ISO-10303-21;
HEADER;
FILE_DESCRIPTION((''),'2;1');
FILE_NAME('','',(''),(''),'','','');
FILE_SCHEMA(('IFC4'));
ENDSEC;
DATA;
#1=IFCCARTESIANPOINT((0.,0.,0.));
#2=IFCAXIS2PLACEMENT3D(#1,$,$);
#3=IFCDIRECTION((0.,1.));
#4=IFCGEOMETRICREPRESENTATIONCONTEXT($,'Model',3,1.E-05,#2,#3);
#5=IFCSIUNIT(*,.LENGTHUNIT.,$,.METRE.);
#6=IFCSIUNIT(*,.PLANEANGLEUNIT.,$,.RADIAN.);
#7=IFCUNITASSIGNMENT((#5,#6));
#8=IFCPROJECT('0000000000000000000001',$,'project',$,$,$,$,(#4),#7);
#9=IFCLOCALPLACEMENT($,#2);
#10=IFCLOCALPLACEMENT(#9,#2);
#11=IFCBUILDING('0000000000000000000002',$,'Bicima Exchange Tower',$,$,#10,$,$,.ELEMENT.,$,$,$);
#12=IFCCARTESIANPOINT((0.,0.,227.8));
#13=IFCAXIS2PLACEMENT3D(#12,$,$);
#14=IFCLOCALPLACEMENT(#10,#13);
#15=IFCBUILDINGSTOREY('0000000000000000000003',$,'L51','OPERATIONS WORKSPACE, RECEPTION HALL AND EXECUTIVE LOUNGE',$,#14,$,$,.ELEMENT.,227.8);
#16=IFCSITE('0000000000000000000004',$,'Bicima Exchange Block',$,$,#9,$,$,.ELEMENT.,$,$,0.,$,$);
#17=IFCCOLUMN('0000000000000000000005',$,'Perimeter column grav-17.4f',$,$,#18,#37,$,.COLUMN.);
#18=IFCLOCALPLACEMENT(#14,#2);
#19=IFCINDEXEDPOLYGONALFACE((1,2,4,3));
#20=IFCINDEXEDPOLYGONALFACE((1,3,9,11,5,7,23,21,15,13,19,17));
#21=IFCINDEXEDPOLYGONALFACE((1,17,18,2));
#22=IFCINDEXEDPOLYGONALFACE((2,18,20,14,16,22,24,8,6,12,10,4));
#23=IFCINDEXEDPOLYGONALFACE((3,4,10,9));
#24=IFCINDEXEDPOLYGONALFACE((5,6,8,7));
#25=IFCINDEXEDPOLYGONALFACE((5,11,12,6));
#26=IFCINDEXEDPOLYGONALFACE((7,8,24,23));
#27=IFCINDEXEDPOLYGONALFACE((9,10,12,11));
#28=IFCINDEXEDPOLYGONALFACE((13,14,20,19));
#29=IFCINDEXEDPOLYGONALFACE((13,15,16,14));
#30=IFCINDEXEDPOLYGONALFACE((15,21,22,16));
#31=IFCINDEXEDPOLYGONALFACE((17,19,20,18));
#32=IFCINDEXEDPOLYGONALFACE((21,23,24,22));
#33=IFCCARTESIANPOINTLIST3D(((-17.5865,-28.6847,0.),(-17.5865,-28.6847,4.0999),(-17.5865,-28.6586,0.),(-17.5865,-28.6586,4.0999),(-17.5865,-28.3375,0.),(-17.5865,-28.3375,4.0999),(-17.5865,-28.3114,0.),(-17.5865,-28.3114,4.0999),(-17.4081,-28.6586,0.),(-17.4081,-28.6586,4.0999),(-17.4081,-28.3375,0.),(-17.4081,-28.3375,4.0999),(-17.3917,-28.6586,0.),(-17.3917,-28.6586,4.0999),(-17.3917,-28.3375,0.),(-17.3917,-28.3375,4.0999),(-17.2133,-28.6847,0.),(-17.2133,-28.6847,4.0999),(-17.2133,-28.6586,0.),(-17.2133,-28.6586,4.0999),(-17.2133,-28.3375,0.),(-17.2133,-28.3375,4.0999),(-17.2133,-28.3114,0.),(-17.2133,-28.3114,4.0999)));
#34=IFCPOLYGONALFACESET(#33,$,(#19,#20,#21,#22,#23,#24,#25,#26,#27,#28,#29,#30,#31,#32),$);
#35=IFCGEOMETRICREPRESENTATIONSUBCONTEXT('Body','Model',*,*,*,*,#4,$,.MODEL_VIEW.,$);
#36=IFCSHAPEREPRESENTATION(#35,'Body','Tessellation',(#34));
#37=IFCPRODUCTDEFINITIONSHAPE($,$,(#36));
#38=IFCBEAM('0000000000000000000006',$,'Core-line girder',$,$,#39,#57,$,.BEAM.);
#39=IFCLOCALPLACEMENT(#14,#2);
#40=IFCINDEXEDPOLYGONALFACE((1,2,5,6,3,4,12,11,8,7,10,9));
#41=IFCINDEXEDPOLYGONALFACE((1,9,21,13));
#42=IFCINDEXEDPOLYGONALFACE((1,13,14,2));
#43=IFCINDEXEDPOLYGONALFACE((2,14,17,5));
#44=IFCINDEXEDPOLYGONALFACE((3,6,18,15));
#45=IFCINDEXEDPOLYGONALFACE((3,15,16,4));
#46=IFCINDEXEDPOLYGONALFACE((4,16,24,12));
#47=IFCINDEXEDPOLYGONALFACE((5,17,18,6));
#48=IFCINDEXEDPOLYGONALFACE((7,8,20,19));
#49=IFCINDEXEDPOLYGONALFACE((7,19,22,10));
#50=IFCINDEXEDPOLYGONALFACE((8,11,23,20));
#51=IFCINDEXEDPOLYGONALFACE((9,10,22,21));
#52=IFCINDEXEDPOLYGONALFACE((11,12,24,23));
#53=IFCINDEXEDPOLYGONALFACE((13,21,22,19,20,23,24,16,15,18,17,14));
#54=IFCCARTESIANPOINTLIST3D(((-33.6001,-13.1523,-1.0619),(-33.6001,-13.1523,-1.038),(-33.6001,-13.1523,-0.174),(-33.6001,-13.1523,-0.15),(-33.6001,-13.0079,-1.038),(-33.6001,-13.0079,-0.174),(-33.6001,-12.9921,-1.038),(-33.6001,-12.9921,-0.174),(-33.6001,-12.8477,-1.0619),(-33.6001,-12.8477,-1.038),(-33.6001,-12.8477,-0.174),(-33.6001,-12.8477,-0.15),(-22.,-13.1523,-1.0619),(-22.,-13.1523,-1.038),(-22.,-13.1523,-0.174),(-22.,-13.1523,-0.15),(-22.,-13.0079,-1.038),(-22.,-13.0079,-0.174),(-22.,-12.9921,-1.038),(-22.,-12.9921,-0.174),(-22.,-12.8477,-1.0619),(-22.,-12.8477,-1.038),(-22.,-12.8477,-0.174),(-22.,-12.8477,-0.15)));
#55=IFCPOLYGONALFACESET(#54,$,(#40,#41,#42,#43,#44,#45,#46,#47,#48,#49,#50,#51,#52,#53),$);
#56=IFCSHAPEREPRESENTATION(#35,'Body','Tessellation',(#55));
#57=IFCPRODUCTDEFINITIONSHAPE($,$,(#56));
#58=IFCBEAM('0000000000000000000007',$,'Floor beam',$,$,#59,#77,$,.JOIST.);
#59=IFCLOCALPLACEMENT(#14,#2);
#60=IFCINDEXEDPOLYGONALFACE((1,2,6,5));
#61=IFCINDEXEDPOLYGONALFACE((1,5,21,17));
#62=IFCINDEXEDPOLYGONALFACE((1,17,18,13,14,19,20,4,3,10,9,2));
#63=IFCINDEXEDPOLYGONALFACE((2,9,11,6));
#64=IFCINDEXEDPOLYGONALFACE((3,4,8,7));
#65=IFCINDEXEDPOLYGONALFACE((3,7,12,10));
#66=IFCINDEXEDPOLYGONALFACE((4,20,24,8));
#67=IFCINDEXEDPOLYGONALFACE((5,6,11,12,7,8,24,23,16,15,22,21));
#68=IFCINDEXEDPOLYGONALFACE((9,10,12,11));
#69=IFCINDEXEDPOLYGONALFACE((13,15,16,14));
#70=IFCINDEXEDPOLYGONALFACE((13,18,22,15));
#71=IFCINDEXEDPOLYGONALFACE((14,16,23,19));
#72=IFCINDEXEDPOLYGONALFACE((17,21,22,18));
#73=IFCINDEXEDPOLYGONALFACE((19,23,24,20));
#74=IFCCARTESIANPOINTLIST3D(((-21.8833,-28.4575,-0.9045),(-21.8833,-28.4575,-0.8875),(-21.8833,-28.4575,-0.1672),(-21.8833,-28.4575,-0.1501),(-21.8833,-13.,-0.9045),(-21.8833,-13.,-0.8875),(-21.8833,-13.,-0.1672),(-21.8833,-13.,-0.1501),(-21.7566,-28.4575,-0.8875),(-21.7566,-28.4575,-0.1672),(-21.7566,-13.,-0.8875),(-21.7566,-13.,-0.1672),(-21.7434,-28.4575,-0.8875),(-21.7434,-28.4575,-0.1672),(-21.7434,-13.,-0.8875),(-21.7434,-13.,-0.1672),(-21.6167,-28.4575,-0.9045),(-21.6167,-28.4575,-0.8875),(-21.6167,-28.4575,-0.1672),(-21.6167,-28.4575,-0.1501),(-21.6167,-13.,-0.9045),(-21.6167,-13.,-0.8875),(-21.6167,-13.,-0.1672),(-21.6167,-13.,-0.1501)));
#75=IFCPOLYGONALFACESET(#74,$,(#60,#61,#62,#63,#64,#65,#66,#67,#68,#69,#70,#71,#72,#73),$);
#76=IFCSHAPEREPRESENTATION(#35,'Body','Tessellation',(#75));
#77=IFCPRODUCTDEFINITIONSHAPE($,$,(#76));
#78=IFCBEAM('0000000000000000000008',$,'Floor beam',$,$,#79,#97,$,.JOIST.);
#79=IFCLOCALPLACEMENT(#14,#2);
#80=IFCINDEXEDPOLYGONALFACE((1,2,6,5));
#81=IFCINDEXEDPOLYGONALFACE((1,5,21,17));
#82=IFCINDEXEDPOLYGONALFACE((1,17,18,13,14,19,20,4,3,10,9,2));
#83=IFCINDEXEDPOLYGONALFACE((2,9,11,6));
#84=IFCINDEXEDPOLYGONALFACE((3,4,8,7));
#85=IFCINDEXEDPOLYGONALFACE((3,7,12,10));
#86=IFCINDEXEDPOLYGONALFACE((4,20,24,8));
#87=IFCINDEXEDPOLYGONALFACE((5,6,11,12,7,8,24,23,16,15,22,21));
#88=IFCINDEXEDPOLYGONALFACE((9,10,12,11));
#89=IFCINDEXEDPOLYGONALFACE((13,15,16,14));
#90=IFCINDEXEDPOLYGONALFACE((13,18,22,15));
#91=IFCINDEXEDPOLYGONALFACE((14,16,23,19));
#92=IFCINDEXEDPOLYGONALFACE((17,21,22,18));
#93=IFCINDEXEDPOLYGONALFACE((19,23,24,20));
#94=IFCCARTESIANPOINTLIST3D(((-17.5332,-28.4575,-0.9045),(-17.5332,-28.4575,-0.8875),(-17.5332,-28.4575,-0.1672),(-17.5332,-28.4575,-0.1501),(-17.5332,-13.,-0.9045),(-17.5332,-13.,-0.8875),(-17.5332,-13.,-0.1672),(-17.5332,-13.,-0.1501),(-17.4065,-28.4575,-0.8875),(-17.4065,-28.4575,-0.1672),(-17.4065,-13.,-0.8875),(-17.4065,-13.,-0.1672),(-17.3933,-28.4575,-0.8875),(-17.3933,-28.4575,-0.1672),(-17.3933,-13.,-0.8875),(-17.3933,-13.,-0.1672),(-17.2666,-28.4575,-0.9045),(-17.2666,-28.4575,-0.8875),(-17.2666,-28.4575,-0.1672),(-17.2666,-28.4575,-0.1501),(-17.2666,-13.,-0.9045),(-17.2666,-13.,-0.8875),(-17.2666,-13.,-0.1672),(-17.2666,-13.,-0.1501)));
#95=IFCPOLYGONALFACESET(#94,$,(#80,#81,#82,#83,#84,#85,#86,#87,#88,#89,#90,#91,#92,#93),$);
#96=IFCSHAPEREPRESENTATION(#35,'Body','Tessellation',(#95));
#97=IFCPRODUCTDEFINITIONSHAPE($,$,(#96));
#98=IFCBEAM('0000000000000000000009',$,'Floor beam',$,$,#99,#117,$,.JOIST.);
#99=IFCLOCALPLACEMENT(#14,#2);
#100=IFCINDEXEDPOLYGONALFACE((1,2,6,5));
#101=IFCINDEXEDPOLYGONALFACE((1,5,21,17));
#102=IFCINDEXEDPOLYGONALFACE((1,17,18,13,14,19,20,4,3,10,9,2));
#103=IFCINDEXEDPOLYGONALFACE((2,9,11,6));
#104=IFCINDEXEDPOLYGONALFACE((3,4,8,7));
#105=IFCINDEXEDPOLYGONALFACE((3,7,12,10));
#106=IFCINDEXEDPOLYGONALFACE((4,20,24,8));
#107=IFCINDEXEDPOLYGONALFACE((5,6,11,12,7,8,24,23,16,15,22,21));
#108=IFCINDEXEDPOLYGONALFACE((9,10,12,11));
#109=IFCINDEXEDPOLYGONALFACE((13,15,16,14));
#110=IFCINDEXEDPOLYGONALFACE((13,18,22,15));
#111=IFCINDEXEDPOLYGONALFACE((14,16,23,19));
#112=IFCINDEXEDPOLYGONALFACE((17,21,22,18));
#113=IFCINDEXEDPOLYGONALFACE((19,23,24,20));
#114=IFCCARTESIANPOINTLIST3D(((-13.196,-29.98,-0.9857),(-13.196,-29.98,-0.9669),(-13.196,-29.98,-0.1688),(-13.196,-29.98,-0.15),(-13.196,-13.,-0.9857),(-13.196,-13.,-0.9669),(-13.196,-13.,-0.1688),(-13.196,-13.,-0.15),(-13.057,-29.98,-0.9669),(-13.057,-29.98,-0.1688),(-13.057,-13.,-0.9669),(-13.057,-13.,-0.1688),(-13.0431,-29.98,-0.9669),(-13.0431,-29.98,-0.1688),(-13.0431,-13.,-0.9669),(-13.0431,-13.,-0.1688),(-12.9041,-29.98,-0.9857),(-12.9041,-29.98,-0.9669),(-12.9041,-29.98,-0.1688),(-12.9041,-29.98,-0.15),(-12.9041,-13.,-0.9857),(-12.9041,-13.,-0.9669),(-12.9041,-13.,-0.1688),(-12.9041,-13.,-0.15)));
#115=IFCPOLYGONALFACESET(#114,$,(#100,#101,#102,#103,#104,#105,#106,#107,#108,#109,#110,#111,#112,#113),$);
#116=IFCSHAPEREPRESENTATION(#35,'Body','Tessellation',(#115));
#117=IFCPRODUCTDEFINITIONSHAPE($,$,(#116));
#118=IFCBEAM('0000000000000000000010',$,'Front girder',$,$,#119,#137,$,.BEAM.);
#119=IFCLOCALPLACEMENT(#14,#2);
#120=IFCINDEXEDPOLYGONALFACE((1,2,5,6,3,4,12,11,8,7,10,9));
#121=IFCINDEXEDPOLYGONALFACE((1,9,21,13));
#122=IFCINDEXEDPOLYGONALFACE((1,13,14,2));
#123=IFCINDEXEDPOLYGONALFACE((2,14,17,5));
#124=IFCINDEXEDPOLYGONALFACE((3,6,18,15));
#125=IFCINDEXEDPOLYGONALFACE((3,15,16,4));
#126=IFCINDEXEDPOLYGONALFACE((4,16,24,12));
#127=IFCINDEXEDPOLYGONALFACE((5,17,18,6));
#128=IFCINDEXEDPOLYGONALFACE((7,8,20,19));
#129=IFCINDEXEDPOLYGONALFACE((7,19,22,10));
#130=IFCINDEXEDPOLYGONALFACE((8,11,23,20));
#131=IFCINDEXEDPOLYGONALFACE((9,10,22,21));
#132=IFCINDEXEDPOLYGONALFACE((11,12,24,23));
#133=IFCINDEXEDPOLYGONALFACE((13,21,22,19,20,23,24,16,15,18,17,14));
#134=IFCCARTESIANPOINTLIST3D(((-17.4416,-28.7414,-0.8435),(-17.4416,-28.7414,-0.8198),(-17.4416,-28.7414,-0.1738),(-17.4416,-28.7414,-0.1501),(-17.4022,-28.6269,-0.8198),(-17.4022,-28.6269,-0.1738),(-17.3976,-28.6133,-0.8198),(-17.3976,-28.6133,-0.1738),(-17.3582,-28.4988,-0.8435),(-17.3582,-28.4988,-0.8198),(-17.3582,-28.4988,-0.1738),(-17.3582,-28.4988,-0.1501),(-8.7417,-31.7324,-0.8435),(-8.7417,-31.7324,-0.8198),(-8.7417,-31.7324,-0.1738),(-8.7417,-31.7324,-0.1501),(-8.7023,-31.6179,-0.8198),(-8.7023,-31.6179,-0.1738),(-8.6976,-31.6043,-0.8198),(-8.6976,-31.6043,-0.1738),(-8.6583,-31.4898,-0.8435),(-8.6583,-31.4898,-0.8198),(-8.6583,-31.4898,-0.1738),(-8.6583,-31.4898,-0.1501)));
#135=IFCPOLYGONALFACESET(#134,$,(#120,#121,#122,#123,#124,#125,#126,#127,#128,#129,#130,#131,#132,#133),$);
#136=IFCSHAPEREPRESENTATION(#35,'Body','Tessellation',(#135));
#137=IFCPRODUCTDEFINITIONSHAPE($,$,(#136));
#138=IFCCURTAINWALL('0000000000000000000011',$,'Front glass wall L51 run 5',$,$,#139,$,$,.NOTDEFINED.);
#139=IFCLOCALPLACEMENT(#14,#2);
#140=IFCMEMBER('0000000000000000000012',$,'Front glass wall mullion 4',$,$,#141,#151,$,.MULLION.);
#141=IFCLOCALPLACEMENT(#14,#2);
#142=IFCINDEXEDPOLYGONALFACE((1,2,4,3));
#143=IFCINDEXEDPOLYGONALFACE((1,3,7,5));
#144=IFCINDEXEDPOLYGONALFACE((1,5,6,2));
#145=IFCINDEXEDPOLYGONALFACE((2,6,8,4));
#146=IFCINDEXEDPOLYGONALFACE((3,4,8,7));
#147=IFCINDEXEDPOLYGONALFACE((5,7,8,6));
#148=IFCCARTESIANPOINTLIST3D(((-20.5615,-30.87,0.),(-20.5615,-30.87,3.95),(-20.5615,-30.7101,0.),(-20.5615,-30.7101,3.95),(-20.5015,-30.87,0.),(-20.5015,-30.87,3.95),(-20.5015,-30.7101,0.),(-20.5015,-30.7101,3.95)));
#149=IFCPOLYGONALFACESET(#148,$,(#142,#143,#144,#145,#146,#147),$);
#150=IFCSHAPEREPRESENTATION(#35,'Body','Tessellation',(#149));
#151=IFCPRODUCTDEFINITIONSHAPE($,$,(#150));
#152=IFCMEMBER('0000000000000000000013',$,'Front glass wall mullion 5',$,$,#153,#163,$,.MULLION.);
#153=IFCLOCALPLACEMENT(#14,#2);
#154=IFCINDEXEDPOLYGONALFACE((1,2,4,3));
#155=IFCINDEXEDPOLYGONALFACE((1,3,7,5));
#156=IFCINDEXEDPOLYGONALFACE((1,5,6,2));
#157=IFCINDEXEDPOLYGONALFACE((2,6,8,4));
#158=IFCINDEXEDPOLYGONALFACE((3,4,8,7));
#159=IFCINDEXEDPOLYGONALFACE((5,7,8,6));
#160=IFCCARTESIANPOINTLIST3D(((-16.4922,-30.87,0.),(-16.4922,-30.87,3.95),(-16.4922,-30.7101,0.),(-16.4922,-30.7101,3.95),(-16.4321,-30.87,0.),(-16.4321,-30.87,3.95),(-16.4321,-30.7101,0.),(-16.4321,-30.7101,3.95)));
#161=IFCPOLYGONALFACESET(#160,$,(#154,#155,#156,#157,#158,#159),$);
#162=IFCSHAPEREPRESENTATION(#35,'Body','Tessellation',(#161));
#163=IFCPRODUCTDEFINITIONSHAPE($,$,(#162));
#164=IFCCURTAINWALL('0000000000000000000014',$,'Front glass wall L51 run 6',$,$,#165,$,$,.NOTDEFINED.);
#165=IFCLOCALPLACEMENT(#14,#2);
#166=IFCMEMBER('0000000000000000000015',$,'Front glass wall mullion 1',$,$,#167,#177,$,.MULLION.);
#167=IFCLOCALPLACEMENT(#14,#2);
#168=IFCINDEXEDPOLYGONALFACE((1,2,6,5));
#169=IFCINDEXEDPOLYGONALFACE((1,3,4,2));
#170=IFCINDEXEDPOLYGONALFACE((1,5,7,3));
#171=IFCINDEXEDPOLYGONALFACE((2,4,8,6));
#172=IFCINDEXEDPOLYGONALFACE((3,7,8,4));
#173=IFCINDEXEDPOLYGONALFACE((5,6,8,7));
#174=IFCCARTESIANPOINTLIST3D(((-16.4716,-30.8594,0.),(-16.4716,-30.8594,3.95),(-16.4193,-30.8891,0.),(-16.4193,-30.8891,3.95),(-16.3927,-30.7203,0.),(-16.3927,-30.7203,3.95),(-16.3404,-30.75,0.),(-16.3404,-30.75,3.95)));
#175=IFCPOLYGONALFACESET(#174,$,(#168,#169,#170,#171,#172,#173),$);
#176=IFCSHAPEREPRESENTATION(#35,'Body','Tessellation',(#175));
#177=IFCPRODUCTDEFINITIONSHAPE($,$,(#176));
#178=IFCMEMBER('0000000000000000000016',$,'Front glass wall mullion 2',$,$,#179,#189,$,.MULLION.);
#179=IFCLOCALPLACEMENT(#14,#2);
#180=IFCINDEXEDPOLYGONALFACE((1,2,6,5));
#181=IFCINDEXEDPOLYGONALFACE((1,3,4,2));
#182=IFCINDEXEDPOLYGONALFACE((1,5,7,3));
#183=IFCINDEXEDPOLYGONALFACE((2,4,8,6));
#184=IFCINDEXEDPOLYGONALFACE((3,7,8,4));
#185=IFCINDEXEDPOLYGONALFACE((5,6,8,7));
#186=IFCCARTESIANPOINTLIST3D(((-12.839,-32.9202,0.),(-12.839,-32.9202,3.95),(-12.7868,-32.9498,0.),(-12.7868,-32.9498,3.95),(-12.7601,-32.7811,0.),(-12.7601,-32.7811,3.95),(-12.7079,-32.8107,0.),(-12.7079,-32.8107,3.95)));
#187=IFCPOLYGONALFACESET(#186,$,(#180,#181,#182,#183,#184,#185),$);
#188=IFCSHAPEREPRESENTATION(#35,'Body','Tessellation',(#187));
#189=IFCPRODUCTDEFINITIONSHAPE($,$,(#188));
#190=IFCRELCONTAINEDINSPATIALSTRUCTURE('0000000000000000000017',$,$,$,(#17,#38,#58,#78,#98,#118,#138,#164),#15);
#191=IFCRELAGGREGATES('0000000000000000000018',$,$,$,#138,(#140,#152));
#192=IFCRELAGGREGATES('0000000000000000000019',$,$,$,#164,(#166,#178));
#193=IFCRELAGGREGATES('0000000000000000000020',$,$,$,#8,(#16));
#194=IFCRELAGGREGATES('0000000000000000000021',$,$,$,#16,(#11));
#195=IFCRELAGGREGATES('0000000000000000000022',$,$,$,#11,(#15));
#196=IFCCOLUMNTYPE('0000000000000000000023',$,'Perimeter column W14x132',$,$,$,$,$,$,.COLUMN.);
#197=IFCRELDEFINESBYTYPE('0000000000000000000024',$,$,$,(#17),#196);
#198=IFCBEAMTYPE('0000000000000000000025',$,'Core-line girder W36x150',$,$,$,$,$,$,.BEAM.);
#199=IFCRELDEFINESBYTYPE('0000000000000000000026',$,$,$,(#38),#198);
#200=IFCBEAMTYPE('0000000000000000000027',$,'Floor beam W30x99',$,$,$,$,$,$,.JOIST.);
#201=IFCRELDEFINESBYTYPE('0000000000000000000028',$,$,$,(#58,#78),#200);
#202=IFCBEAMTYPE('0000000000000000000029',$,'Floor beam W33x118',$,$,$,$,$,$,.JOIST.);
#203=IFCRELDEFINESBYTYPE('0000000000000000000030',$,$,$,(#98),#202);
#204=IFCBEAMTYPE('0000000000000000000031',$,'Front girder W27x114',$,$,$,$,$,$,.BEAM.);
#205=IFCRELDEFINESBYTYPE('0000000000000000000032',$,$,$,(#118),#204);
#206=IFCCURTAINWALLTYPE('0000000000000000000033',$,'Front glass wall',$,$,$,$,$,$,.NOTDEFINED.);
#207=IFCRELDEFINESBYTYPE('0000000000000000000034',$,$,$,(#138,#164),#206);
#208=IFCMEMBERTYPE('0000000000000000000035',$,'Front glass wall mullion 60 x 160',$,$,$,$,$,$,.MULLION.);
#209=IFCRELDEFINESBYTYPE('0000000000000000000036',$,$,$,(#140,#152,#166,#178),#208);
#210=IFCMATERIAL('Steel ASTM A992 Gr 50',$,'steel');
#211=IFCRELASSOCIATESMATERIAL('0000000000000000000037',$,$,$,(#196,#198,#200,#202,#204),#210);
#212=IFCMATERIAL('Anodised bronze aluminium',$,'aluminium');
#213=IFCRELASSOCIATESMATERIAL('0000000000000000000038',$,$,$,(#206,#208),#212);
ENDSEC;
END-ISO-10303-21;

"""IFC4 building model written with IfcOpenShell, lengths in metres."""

from ifc_helpers import new_model, si_unit, direction, frame, origin, origin_2d, place, context, subcontext, project, spatial, rectangle, i_section, extrude, material, material_profile, profile_set, type_object, element, aggregate, save


model = new_model("IFC4")

# Units and contexts
model_context = context("Model", 3, precision=1e-05, world=origin(), true_north=direction((0.0, 1.0)))
body_context = subcontext(model_context, "Body", "Model", "MODEL_VIEW")
ifc_project = project(units=[si_unit("LENGTHUNIT", "METRE"), si_unit("PLANEANGLEUNIT", "RADIAN")], contexts=[model_context])

# Site, building, storey
site_placement = place(None, origin())
site = spatial("IfcSite", under=ifc_project, at=site_placement, Name="Bicima Exchange Block", CompositionType="ELEMENT", RefElevation=0.0)
building_placement = place(site_placement, origin())
building = spatial("IfcBuilding", under=site, at=building_placement, Name="Bicima Exchange Tower", CompositionType="ELEMENT")
storey_placement = place(building_placement, frame((0.0, 0.0, 227.8)))
storey = spatial("IfcBuildingStorey", under=building, at=storey_placement, Name="L51", Description="OPERATIONS WORKSPACE, RECEPTION HALL AND EXECUTIVE LOUNGE", CompositionType="ELEMENT", Elevation=227.8)

# Column
ifc_material_1 = material(Name="Steel ASTM A992 Gr 50", Category="steel")
ifc_material_profile_1 = material_profile(ifc_material_1, i_section(OverallWidth=0.3733, OverallDepth=0.3733, WebThickness=0.0164, FlangeThickness=0.0261, at=origin_2d()))
ifc_profile_set_1 = profile_set([ifc_material_profile_1], Name="Steel ASTM A992 Gr 50")
column_type = type_object("IfcColumnType", Name="Perimeter column W14x132", PredefinedType="COLUMN", material=ifc_profile_set_1)
column_placement = place(storey_placement, frame((-17.3999, -28.498, 0.0), z_axis=(0.0, 0.0, 1.0), x_axis=(1.0, 0.0, 0.0)))
element("IfcColumn", 1, at=column_placement, inside=storey, type_object=column_type, Name="Perimeter column grav-17.4f", PredefinedType="COLUMN", context=body_context, shape_type="SweptSolid", body=[
    extrude(i_section(OverallWidth=0.3733, OverallDepth=0.3733, WebThickness=0.0164, FlangeThickness=0.0261, at=origin_2d()), origin(), (0.0, 0.0, 1.0), 4.0999),
])

# Beams
ifc_material_profile_2 = material_profile(ifc_material_1, i_section(OverallWidth=0.3047, OverallDepth=0.9119, WebThickness=0.0159, FlangeThickness=0.0239, at=origin_2d()))
ifc_profile_set_2 = profile_set([ifc_material_profile_2], Name="Steel ASTM A992 Gr 50")
beam_type_1 = type_object("IfcBeamType", Name="Core-line girder W36x150", PredefinedType="BEAM", material=ifc_profile_set_2)
beam_1_placement = place(storey_placement, frame((-22.0, -13.0, -0.606), z_axis=(-1.0, 0.0, 0.0), x_axis=(0.0, -1.0, 0.0)))
element("IfcBeam", 2, at=beam_1_placement, inside=storey, type_object=beam_type_1, Name="Core-line girder", PredefinedType="BEAM", context=body_context, shape_type="SweptSolid", body=[
    extrude(i_section(OverallWidth=0.3047, OverallDepth=0.9119, WebThickness=0.0159, FlangeThickness=0.0239, at=origin_2d()), origin(), (0.0, 0.0, 1.0), 11.6001),
])
ifc_material_profile_3 = material_profile(ifc_material_1, i_section(OverallWidth=0.2666, OverallDepth=0.7544, WebThickness=0.0132, FlangeThickness=0.0171, at=origin_2d()))
ifc_profile_set_3 = profile_set([ifc_material_profile_3], Name="Steel ASTM A992 Gr 50")
beam_type_2 = type_object("IfcBeamType", Name="Floor beam W30x99", PredefinedType="JOIST", material=ifc_profile_set_3)
for number, where, z_axis, x_axis, name in (
    (3, (-21.75, -13.0, -0.5273), (0.0, -1.0, 0.0), (1.0, 0.0, 0.0), "Floor beam"),
    (4, (-17.3999, -13.0, -0.5273), (0.0, -1.0, 0.0), (1.0, 0.0, 0.0), "Floor beam"),
):
    element("IfcBeam", number, at=place(storey_placement, frame(where, z_axis=z_axis, x_axis=x_axis)), inside=storey, type_object=beam_type_2, Name=name, PredefinedType="JOIST", context=body_context, shape_type="SweptSolid", body=[
        extrude(i_section(OverallWidth=0.2666, OverallDepth=0.7544, WebThickness=0.0132, FlangeThickness=0.0171, at=origin_2d()), origin(), (0.0, 0.0, 1.0), 15.4575),
    ])
ifc_material_profile_4 = material_profile(ifc_material_1, i_section(OverallWidth=0.292, OverallDepth=0.8357, WebThickness=0.0139, FlangeThickness=0.0188, at=origin_2d()))
ifc_profile_set_4 = profile_set([ifc_material_profile_4], Name="Steel ASTM A992 Gr 50")
beam_type_3 = type_object("IfcBeamType", Name="Floor beam W33x118", PredefinedType="JOIST", material=ifc_profile_set_4)
beam_2_placement = place(storey_placement, frame((-13.05, -13.0, -0.5679), z_axis=(0.0, -1.0, 0.0), x_axis=(1.0, 0.0, 0.0)))
element("IfcBeam", 5, at=beam_2_placement, inside=storey, type_object=beam_type_3, Name="Floor beam", PredefinedType="JOIST", context=body_context, shape_type="SweptSolid", body=[
    extrude(i_section(OverallWidth=0.292, OverallDepth=0.8357, WebThickness=0.0139, FlangeThickness=0.0188, at=origin_2d()), origin(), (0.0, 0.0, 1.0), 16.98),
])
ifc_material_profile_5 = material_profile(ifc_material_1, i_section(OverallWidth=0.2566, OverallDepth=0.6934, WebThickness=0.0144, FlangeThickness=0.0237, at=origin_2d()))
ifc_profile_set_5 = profile_set([ifc_material_profile_5], Name="Steel ASTM A992 Gr 50")
beam_type_4 = type_object("IfcBeamType", Name="Front girder W27x114", PredefinedType="BEAM", material=ifc_profile_set_5)
beam_3_placement = place(storey_placement, frame((-17.3999, -28.6201, -0.4968), z_axis=(0.945675, -0.325115, 0.0), x_axis=(0.325115, 0.945675, 0.0)))
element("IfcBeam", 6, at=beam_3_placement, inside=storey, type_object=beam_type_4, Name="Front girder", PredefinedType="BEAM", context=body_context, shape_type="SweptSolid", body=[
    extrude(i_section(OverallWidth=0.2566, OverallDepth=0.6934, WebThickness=0.0144, FlangeThickness=0.0237, at=origin_2d()), origin(), (0.0, 0.0, 1.0), 9.1997),
])

# Curtain walls, members
ifc_material_2 = material(Name="Anodised bronze aluminium", Category="aluminium")
curtain_wall_type = type_object("IfcCurtainWallType", Name="Front glass wall", PredefinedType="NOTDEFINED", material=ifc_material_2)
curtain_wall_1_placement = place(storey_placement, origin())
curtain_wall_1 = element("IfcCurtainWall", 7, at=curtain_wall_1_placement, inside=storey, type_object=curtain_wall_type, Name="Front glass wall L51 run 5", PredefinedType="NOTDEFINED")
ifc_material_profile_6 = material_profile(ifc_material_2, rectangle(XDim=0.1599, YDim=0.0601, at=origin_2d()))
ifc_profile_set_6 = profile_set([ifc_material_profile_6], Name="Anodised bronze aluminium")
member_type_1 = type_object("IfcMemberType", Name="Front glass wall mullion 60 x 160", PredefinedType="MULLION", material=ifc_profile_set_6)
member_1_placement = place(storey_placement, frame((-20.5315, -30.79, 0.0), z_axis=(0.0, 0.0, 1.0), x_axis=(0.0, 1.0, 0.0)))
member_1 = element("IfcMember", 8, at=member_1_placement, type_object=member_type_1, Name="Front glass wall mullion 4", PredefinedType="MULLION", context=body_context, shape_type="SweptSolid", body=[
    extrude(rectangle(XDim=0.1599, YDim=0.0601, at=origin_2d()), origin(), (0.0, 0.0, 1.0), 3.95),
])
member_2_placement = place(storey_placement, frame((-16.4622, -30.79, 0.0), z_axis=(0.0, 0.0, 1.0), x_axis=(0.0, 1.0, 0.0)))
member_2 = element("IfcMember", 9, at=member_2_placement, type_object=member_type_1, Name="Front glass wall mullion 5", PredefinedType="MULLION", context=body_context, shape_type="SweptSolid", body=[
    extrude(rectangle(XDim=0.1599, YDim=0.0601, at=origin_2d()), origin(), (0.0, 0.0, 1.0), 3.95),
])
curtain_wall_2_placement = place(storey_placement, origin())
curtain_wall_2 = element("IfcCurtainWall", 10, at=curtain_wall_2_placement, inside=storey, type_object=curtain_wall_type, Name="Front glass wall L51 run 6", PredefinedType="NOTDEFINED")
member_3_placement = place(storey_placement, frame((-16.406, -30.8047, 0.0), z_axis=(0.0, 0.0, 1.0), x_axis=(0.493395, 0.869805, 0.0)))
member_3 = element("IfcMember", 11, at=member_3_placement, type_object=member_type_1, Name="Front glass wall mullion 1", PredefinedType="MULLION", context=body_context, shape_type="SweptSolid", body=[
    extrude(rectangle(XDim=0.1599, YDim=0.0601, at=origin_2d()), origin(), (0.0, 0.0, 1.0), 3.95),
])
member_4_placement = place(storey_placement, frame((-12.7734, -32.8655, 0.0), z_axis=(0.0, 0.0, 1.0), x_axis=(0.493395, 0.869805, 0.0)))
member_4 = element("IfcMember", 12, at=member_4_placement, type_object=member_type_1, Name="Front glass wall mullion 2", PredefinedType="MULLION", context=body_context, shape_type="SweptSolid", body=[
    extrude(rectangle(XDim=0.1599, YDim=0.0601, at=origin_2d()), origin(), (0.0, 0.0, 1.0), 3.95),
])

aggregate(curtain_wall_1, [member_1, member_2])
aggregate(curtain_wall_2, [member_3, member_4])

save(model, "model.ifc")
